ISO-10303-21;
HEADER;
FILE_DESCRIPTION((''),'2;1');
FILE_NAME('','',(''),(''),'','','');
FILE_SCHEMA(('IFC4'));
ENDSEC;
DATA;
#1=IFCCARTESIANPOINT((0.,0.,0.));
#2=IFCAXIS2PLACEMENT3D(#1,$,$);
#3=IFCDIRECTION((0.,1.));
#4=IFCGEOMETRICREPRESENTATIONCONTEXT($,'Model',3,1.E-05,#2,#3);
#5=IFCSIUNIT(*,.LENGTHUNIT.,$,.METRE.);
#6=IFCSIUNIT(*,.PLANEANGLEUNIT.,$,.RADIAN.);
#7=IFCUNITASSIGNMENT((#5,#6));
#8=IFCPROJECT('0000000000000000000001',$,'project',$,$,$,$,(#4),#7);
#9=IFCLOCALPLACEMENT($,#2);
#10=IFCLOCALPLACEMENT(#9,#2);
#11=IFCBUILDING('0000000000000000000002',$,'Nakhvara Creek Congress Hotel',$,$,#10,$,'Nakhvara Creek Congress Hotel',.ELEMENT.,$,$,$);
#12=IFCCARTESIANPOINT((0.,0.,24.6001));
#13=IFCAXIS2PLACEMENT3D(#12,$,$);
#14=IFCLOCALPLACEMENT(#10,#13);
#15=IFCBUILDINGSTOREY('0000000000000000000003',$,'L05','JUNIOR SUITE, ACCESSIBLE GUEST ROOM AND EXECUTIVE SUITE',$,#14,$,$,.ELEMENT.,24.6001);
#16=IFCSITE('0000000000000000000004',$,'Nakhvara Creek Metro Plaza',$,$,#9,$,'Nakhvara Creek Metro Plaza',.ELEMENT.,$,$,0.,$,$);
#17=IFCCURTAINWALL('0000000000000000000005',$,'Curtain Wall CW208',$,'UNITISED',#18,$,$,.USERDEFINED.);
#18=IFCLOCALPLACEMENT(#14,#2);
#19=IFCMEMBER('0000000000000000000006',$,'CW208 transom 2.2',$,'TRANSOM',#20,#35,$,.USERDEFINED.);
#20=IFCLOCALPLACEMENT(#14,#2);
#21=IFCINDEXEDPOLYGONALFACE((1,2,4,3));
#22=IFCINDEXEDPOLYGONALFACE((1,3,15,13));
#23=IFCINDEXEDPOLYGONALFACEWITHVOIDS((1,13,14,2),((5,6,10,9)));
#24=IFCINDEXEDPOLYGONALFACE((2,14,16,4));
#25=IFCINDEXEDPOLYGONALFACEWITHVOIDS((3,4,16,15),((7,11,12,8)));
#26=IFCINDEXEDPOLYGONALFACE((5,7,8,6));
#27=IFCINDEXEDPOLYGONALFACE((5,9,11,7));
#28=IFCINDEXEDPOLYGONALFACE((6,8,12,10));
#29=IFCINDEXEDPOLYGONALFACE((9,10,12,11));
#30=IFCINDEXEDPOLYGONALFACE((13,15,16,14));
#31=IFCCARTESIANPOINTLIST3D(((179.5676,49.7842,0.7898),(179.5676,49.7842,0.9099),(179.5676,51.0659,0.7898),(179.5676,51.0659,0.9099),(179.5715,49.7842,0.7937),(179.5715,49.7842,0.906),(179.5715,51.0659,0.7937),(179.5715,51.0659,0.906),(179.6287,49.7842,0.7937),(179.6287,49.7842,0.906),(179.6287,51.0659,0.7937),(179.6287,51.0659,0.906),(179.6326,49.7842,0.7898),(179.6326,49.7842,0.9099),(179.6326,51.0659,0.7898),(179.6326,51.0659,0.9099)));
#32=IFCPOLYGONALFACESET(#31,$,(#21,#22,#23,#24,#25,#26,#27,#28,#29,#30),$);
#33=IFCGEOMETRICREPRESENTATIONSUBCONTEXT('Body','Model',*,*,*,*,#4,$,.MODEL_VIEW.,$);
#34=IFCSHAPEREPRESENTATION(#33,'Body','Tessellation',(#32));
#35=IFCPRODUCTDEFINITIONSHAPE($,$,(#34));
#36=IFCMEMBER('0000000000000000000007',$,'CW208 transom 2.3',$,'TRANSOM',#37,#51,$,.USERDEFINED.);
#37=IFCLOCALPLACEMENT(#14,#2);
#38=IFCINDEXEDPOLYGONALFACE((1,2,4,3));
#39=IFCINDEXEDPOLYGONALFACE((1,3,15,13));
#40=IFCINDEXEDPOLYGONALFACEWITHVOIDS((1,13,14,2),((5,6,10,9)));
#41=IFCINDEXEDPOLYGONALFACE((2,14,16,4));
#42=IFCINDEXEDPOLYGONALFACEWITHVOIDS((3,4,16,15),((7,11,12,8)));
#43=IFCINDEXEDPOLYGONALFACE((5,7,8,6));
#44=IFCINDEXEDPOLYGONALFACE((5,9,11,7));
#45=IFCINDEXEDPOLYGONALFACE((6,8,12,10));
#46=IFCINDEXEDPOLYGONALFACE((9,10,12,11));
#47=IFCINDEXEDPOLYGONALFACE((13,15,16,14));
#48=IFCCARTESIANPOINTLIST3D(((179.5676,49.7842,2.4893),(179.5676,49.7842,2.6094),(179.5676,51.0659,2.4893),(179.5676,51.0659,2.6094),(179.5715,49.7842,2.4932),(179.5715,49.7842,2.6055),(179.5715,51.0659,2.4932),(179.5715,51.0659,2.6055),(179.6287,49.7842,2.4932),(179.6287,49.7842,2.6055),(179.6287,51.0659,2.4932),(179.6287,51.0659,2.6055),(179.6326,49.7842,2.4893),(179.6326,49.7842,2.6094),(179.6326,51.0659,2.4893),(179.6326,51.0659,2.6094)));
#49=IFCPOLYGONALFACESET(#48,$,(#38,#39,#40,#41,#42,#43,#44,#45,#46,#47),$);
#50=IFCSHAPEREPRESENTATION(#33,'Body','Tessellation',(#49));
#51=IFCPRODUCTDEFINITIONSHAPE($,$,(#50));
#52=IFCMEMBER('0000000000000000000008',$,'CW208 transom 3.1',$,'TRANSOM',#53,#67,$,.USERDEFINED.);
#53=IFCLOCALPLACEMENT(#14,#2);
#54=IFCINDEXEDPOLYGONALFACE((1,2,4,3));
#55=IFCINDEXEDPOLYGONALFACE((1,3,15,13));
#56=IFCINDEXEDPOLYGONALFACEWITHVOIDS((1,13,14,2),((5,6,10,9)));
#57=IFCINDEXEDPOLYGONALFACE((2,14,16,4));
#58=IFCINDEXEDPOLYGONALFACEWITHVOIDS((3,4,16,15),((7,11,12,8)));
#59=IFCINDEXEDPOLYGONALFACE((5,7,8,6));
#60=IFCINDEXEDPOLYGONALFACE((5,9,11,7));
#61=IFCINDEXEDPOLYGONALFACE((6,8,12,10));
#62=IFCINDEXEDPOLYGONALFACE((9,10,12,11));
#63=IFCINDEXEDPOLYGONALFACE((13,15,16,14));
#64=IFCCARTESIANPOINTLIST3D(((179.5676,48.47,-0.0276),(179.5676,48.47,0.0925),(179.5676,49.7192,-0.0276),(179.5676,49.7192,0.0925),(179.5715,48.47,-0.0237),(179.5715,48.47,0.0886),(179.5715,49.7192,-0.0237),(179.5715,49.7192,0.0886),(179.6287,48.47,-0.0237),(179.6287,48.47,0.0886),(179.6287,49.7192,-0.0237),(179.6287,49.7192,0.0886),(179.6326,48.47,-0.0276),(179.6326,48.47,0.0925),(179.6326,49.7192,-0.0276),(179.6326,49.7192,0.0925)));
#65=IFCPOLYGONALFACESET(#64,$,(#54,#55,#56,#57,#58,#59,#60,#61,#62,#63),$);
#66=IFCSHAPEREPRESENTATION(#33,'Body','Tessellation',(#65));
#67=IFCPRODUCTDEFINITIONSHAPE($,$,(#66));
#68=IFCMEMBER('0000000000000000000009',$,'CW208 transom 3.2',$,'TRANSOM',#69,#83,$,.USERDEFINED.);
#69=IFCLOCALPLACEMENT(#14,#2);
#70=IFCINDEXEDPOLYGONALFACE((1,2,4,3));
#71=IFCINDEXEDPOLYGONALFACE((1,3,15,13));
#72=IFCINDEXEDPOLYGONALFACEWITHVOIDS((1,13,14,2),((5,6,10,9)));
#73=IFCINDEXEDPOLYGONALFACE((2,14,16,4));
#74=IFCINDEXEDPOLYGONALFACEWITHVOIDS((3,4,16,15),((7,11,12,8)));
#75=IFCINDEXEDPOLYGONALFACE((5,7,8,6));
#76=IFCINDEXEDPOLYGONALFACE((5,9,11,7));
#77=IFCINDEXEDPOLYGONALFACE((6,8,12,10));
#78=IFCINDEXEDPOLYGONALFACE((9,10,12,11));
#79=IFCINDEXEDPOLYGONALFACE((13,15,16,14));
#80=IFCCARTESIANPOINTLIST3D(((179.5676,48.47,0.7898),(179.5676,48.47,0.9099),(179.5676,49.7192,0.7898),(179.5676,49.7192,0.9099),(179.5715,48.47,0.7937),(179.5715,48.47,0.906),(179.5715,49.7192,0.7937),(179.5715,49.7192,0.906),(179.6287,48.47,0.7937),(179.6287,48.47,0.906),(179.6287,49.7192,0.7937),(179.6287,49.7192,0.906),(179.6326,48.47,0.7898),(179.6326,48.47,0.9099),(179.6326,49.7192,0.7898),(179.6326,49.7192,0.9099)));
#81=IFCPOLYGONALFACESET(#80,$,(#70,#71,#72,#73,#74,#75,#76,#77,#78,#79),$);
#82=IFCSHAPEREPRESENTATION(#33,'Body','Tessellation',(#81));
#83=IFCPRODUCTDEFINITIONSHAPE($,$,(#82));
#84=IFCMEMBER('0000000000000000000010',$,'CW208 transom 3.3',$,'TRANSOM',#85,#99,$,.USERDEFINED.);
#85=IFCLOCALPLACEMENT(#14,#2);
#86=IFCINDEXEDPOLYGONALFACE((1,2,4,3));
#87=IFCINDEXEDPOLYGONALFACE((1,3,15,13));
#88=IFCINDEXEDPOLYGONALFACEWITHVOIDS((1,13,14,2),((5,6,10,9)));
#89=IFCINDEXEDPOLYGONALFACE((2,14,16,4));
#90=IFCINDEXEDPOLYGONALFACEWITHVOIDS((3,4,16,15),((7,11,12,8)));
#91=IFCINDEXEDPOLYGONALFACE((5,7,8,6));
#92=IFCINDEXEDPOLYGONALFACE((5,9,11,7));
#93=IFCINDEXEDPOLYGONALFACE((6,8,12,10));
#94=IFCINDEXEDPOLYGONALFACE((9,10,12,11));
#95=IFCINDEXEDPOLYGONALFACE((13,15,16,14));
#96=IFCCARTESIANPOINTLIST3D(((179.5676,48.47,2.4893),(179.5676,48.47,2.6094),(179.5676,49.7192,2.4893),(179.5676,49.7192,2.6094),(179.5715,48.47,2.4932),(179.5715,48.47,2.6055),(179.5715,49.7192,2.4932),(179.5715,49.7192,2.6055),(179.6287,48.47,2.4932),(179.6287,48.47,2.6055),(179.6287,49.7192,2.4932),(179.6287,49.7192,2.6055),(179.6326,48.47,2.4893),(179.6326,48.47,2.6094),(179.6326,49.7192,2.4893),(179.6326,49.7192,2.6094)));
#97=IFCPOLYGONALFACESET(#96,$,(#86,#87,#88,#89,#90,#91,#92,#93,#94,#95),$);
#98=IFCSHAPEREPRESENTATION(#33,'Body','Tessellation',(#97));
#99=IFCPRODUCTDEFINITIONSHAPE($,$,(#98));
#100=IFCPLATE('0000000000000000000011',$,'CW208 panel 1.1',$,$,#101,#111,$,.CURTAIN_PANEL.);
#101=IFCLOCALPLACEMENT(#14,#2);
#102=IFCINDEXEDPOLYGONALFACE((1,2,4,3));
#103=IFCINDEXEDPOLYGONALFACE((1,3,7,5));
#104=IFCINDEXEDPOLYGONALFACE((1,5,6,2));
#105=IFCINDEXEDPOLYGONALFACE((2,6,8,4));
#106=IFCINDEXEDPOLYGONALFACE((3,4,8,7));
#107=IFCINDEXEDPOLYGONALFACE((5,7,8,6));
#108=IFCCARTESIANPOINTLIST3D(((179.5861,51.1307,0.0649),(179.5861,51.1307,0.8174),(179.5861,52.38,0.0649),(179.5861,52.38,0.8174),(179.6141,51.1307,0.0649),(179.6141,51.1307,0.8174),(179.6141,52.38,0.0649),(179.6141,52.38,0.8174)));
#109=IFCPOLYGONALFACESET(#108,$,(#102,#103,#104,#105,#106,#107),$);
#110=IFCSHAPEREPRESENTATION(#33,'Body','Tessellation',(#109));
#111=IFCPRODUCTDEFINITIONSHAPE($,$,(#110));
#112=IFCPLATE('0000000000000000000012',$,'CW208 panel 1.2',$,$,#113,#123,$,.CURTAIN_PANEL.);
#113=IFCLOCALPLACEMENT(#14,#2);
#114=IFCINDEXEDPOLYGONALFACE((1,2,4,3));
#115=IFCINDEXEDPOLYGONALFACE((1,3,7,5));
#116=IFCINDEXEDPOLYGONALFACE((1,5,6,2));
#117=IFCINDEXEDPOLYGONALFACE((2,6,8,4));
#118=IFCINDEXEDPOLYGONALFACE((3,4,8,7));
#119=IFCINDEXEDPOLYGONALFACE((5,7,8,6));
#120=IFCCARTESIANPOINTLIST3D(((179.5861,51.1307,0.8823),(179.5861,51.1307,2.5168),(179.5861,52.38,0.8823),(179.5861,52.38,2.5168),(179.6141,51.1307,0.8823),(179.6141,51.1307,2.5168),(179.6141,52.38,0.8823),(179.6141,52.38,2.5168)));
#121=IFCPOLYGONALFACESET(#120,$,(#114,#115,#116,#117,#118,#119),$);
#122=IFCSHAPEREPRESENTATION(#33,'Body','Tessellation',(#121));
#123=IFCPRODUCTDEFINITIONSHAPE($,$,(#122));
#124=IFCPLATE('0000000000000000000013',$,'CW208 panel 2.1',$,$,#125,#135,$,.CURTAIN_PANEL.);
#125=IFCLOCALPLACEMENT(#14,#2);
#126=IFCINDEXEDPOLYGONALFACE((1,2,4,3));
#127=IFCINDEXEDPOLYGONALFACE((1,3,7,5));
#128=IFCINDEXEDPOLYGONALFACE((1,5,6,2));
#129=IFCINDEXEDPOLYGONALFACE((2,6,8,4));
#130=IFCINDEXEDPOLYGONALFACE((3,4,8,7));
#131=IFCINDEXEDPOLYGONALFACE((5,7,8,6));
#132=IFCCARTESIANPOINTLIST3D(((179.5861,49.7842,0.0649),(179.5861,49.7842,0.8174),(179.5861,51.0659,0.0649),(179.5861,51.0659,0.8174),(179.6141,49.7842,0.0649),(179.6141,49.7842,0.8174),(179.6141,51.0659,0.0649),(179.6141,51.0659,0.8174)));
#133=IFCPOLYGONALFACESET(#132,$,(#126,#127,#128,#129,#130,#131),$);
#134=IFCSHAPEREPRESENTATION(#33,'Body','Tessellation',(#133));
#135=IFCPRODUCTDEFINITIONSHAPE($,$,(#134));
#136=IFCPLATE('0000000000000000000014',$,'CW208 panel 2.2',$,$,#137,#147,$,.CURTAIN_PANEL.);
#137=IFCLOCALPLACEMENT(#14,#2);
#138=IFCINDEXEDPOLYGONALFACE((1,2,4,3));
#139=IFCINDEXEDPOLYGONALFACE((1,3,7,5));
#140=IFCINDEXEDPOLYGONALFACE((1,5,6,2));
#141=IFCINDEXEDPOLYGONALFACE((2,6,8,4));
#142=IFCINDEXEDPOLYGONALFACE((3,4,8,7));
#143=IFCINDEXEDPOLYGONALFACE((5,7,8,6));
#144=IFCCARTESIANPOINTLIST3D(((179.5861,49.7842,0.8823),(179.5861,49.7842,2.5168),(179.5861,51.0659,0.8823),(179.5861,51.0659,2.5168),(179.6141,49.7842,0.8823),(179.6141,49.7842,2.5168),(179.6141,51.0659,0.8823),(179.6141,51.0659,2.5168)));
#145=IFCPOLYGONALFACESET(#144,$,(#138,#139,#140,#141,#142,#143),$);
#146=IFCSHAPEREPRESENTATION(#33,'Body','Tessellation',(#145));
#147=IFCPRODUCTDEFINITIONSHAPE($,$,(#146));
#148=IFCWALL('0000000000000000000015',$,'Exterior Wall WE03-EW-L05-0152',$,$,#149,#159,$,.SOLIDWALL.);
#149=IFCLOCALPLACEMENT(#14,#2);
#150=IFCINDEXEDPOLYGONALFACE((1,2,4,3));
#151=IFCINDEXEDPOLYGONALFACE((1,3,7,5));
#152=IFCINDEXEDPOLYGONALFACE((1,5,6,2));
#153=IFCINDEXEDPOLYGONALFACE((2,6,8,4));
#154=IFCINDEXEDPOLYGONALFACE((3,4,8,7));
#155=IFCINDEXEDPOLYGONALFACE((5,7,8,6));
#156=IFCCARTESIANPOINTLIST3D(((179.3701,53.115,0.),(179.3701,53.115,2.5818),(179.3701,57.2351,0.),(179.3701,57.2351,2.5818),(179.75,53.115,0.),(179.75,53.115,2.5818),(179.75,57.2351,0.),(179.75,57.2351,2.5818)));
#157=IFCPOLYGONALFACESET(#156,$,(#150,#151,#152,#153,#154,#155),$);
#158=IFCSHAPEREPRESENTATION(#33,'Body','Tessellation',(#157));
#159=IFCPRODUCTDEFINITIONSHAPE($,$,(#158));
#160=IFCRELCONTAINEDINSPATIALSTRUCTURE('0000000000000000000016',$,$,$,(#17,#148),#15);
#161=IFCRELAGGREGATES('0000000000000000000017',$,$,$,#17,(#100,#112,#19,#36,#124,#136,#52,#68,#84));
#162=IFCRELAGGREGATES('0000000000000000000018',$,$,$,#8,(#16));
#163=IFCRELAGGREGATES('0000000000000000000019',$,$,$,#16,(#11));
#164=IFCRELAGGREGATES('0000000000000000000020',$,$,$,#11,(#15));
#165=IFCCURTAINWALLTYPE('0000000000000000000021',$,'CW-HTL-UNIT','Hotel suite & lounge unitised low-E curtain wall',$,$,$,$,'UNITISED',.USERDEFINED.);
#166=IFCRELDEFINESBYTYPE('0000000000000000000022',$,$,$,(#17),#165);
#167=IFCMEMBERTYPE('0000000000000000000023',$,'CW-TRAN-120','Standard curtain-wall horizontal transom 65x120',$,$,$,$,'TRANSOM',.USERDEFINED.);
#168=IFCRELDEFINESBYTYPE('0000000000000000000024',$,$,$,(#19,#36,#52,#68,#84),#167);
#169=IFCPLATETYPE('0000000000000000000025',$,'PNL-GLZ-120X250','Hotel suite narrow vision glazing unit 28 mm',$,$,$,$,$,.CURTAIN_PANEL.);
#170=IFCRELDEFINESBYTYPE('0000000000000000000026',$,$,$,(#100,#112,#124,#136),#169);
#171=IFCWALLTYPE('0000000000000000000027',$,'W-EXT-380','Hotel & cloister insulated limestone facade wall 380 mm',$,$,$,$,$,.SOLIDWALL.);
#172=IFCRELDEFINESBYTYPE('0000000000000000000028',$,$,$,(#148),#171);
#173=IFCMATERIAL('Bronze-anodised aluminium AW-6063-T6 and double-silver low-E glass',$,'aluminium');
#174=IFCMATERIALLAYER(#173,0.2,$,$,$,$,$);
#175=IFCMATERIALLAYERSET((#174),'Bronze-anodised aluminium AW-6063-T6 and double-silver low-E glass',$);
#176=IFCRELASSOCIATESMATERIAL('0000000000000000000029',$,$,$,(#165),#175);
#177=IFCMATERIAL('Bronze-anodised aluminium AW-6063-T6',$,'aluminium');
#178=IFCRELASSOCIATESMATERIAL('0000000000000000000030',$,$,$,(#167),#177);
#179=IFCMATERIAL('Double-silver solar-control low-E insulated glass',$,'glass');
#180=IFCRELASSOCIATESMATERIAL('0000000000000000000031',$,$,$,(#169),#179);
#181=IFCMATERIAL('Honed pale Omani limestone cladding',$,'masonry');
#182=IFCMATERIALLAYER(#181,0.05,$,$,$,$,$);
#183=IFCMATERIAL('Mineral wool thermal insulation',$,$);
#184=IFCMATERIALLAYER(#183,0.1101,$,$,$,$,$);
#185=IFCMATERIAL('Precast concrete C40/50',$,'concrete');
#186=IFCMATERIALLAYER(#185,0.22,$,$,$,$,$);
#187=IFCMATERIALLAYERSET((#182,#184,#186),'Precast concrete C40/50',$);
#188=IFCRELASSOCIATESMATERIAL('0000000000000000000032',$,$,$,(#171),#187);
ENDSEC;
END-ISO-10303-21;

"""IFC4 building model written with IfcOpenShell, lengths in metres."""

from ifc_helpers import new_model, si_unit, direction, frame, frame_2d, origin, origin_2d, place, context, subcontext, project, spatial, rectangle, hollow_rectangle, extrude, material, layer, layer_set, material_profile, profile_set, type_object, element, aggregate, save


model = new_model("IFC4")

# Units and contexts
model_context = context("Model", 3, precision=1e-05, world=origin(), true_north=direction((0.0, 1.0)))
body_context = subcontext(model_context, "Body", "Model", "MODEL_VIEW")
ifc_project = project(units=[si_unit("LENGTHUNIT", "METRE"), si_unit("PLANEANGLEUNIT", "RADIAN")], contexts=[model_context])

# Site, building, storey
site_placement = place(None, origin())
site = spatial("IfcSite", under=ifc_project, at=site_placement, Name="Nakhvara Creek Metro Plaza", LongName="Nakhvara Creek Metro Plaza", CompositionType="ELEMENT", RefElevation=0.0)
building_placement = place(site_placement, origin())
building = spatial("IfcBuilding", under=site, at=building_placement, Name="Nakhvara Creek Congress Hotel", LongName="Nakhvara Creek Congress Hotel", CompositionType="ELEMENT")
storey_placement = place(building_placement, frame((0.0, 0.0, 24.6001)))
storey = spatial("IfcBuildingStorey", under=building, at=storey_placement, Name="L05", Description="JUNIOR SUITE, ACCESSIBLE GUEST ROOM AND EXECUTIVE SUITE", CompositionType="ELEMENT", Elevation=24.6001)

# Curtain wall, members, plates
ifc_material_1 = material(Name="Bronze-anodised aluminium AW-6063-T6 and double-silver low-E glass", Category="aluminium")
ifc_layer_1 = layer(ifc_material_1, 0.2)
ifc_layer_set_1 = layer_set([ifc_layer_1], Name="Bronze-anodised aluminium AW-6063-T6 and double-silver low-E glass")
curtain_wall_type = type_object("IfcCurtainWallType", Name="CW-HTL-UNIT", Description="Hotel suite & lounge unitised low-E curtain wall", ElementType="UNITISED", PredefinedType="USERDEFINED", material=ifc_layer_set_1)
curtain_wall_placement = place(storey_placement, origin())
curtain_wall = element("IfcCurtainWall", 1, at=curtain_wall_placement, inside=storey, type_object=curtain_wall_type, Name="Curtain Wall CW208", ObjectType="UNITISED", PredefinedType="USERDEFINED")
ifc_material_2 = material(Name="Bronze-anodised aluminium AW-6063-T6", Category="aluminium")
ifc_material_profile_1 = material_profile(ifc_material_2, hollow_rectangle(XDim=0.0649, YDim=0.1201, WallThickness=0.0039, at=origin_2d()), Name="ALU-TRAN 65x120x4", Category="LoadBearing")
ifc_profile_set_1 = profile_set([ifc_material_profile_1], Name="Bronze-anodised aluminium AW-6063-T6")
member_type_1 = type_object("IfcMemberType", Name="CW-TRAN-120", Description="Standard curtain-wall horizontal transom 65x120", ElementType="TRANSOM", PredefinedType="USERDEFINED", material=ifc_profile_set_1)
member_1_placement = place(storey_placement, frame((179.6001, 51.0659, 0.8499), z_axis=(0.0, -1.0, 0.0), x_axis=(1.0, 0.0, 0.0)))
member_1 = element("IfcMember", 2, at=member_1_placement, type_object=member_type_1, Name="CW208 transom 2.2", ObjectType="TRANSOM", PredefinedType="USERDEFINED", context=body_context, shape_type="SweptSolid", body=[
    extrude(hollow_rectangle(XDim=0.0649, YDim=0.1201, WallThickness=0.0039, at=origin_2d()), origin(), (0.0, 0.0, 1.0), 1.2817),
])
member_2_placement = place(storey_placement, frame((179.6001, 51.0659, 2.5493), z_axis=(0.0, -1.0, 0.0), x_axis=(1.0, 0.0, 0.0)))
member_2 = element("IfcMember", 3, at=member_2_placement, type_object=member_type_1, Name="CW208 transom 2.3", ObjectType="TRANSOM", PredefinedType="USERDEFINED", context=body_context, shape_type="SweptSolid", body=[
    extrude(hollow_rectangle(XDim=0.0649, YDim=0.1201, WallThickness=0.0039, at=origin_2d()), origin(), (0.0, 0.0, 1.0), 1.2817),
])
member_3_placement = place(storey_placement, frame((179.6001, 49.7192, 0.0325), z_axis=(0.0, -1.0, 0.0), x_axis=(1.0, 0.0, 0.0)))
member_3 = element("IfcMember", 4, at=member_3_placement, type_object=member_type_1, Name="CW208 transom 3.1", ObjectType="TRANSOM", PredefinedType="USERDEFINED", context=body_context, shape_type="SweptSolid", body=[
    extrude(hollow_rectangle(XDim=0.0649, YDim=0.1201, WallThickness=0.0039, at=origin_2d()), origin(), (0.0, 0.0, 1.0), 1.2493),
])
member_4_placement = place(storey_placement, frame((179.6001, 49.7192, 0.8499), z_axis=(0.0, -1.0, 0.0), x_axis=(1.0, 0.0, 0.0)))
member_4 = element("IfcMember", 5, at=member_4_placement, type_object=member_type_1, Name="CW208 transom 3.2", ObjectType="TRANSOM", PredefinedType="USERDEFINED", context=body_context, shape_type="SweptSolid", body=[
    extrude(hollow_rectangle(XDim=0.0649, YDim=0.1201, WallThickness=0.0039, at=origin_2d()), origin(), (0.0, 0.0, 1.0), 1.2493),
])
member_5_placement = place(storey_placement, frame((179.6001, 49.7192, 2.5493), z_axis=(0.0, -1.0, 0.0), x_axis=(1.0, 0.0, 0.0)))
member_5 = element("IfcMember", 6, at=member_5_placement, type_object=member_type_1, Name="CW208 transom 3.3", ObjectType="TRANSOM", PredefinedType="USERDEFINED", context=body_context, shape_type="SweptSolid", body=[
    extrude(hollow_rectangle(XDim=0.0649, YDim=0.1201, WallThickness=0.0039, at=origin_2d()), origin(), (0.0, 0.0, 1.0), 1.2493),
])
ifc_material_3 = material(Name="Double-silver solar-control low-E insulated glass", Category="glass")
plate_type = type_object("IfcPlateType", Name="PNL-GLZ-120X250", Description="Hotel suite narrow vision glazing unit 28 mm", PredefinedType="CURTAIN_PANEL", material=ifc_material_3)
plate_1_placement = place(storey_placement, frame((179.6001, 51.7554, 0.0649), z_axis=(0.0, 0.0, 1.0), x_axis=(0.0, -1.0, 0.0)))
plate_1 = element("IfcPlate", 7, at=plate_1_placement, type_object=plate_type, Name="CW208 panel 1.1", PredefinedType="CURTAIN_PANEL", context=body_context, shape_type="SweptSolid", body=[
    extrude(rectangle(XDim=1.2493, YDim=0.0281, at=origin_2d()), origin(), (0.0, 0.0, 1.0), 0.7524),
])
plate_2_placement = place(storey_placement, frame((179.6001, 51.7554, 0.8823), z_axis=(0.0, 0.0, 1.0), x_axis=(0.0, -1.0, 0.0)))
plate_2 = element("IfcPlate", 8, at=plate_2_placement, type_object=plate_type, Name="CW208 panel 1.2", PredefinedType="CURTAIN_PANEL", context=body_context, shape_type="SweptSolid", body=[
    extrude(rectangle(XDim=1.2493, YDim=0.0281, at=origin_2d()), origin(), (0.0, 0.0, 1.0), 1.6345),
])
plate_3_placement = place(storey_placement, frame((179.6001, 50.425, 0.0649), z_axis=(0.0, 0.0, 1.0), x_axis=(0.0, -1.0, 0.0)))
plate_3 = element("IfcPlate", 9, at=plate_3_placement, type_object=plate_type, Name="CW208 panel 2.1", PredefinedType="CURTAIN_PANEL", context=body_context, shape_type="SweptSolid", body=[
    extrude(rectangle(XDim=1.2817, YDim=0.0281, at=origin_2d()), origin(), (0.0, 0.0, 1.0), 0.7524),
])
plate_4_placement = place(storey_placement, frame((179.6001, 50.425, 0.8823), z_axis=(0.0, 0.0, 1.0), x_axis=(0.0, -1.0, 0.0)))
plate_4 = element("IfcPlate", 10, at=plate_4_placement, type_object=plate_type, Name="CW208 panel 2.2", PredefinedType="CURTAIN_PANEL", context=body_context, shape_type="SweptSolid", body=[
    extrude(rectangle(XDim=1.2817, YDim=0.0281, at=origin_2d()), origin(), (0.0, 0.0, 1.0), 1.6345),
])
aggregate(curtain_wall, [plate_1, plate_2, member_1, member_2, plate_3, plate_4, member_3, member_4, member_5])

# Wall
ifc_material_4 = material(Name="Honed pale Omani limestone cladding", Category="masonry")
ifc_layer_2 = layer(ifc_material_4, 0.05)
ifc_material_5 = material(Name="Mineral wool thermal insulation")
ifc_layer_3 = layer(ifc_material_5, 0.1101)
ifc_material_6 = material(Name="Precast concrete C40/50", Category="concrete")
ifc_layer_4 = layer(ifc_material_6, 0.22)
ifc_layer_set_2 = layer_set([ifc_layer_2, ifc_layer_3, ifc_layer_4], Name="Precast concrete C40/50")
wall_type = type_object("IfcWallType", Name="W-EXT-380", Description="Hotel & cloister insulated limestone facade wall 380 mm", PredefinedType="SOLIDWALL", material=ifc_layer_set_2)
wall_placement = place(storey_placement, frame((179.5601, 57.2351, 0.0), z_axis=(0.0, 0.0, 1.0), x_axis=(0.0, -1.0, 0.0)))
element("IfcWall", 11, at=wall_placement, inside=storey, type_object=wall_type, Name="Exterior Wall WE03-EW-L05-0152", PredefinedType="SOLIDWALL", context=body_context, shape_type="SweptSolid", body=[
    extrude(rectangle(XDim=4.1201, YDim=0.3799, at=frame_2d((2.0601, 0.0))), origin(), (0.0, 0.0, 1.0), 2.5818),
])

save(model, "model.ifc")
